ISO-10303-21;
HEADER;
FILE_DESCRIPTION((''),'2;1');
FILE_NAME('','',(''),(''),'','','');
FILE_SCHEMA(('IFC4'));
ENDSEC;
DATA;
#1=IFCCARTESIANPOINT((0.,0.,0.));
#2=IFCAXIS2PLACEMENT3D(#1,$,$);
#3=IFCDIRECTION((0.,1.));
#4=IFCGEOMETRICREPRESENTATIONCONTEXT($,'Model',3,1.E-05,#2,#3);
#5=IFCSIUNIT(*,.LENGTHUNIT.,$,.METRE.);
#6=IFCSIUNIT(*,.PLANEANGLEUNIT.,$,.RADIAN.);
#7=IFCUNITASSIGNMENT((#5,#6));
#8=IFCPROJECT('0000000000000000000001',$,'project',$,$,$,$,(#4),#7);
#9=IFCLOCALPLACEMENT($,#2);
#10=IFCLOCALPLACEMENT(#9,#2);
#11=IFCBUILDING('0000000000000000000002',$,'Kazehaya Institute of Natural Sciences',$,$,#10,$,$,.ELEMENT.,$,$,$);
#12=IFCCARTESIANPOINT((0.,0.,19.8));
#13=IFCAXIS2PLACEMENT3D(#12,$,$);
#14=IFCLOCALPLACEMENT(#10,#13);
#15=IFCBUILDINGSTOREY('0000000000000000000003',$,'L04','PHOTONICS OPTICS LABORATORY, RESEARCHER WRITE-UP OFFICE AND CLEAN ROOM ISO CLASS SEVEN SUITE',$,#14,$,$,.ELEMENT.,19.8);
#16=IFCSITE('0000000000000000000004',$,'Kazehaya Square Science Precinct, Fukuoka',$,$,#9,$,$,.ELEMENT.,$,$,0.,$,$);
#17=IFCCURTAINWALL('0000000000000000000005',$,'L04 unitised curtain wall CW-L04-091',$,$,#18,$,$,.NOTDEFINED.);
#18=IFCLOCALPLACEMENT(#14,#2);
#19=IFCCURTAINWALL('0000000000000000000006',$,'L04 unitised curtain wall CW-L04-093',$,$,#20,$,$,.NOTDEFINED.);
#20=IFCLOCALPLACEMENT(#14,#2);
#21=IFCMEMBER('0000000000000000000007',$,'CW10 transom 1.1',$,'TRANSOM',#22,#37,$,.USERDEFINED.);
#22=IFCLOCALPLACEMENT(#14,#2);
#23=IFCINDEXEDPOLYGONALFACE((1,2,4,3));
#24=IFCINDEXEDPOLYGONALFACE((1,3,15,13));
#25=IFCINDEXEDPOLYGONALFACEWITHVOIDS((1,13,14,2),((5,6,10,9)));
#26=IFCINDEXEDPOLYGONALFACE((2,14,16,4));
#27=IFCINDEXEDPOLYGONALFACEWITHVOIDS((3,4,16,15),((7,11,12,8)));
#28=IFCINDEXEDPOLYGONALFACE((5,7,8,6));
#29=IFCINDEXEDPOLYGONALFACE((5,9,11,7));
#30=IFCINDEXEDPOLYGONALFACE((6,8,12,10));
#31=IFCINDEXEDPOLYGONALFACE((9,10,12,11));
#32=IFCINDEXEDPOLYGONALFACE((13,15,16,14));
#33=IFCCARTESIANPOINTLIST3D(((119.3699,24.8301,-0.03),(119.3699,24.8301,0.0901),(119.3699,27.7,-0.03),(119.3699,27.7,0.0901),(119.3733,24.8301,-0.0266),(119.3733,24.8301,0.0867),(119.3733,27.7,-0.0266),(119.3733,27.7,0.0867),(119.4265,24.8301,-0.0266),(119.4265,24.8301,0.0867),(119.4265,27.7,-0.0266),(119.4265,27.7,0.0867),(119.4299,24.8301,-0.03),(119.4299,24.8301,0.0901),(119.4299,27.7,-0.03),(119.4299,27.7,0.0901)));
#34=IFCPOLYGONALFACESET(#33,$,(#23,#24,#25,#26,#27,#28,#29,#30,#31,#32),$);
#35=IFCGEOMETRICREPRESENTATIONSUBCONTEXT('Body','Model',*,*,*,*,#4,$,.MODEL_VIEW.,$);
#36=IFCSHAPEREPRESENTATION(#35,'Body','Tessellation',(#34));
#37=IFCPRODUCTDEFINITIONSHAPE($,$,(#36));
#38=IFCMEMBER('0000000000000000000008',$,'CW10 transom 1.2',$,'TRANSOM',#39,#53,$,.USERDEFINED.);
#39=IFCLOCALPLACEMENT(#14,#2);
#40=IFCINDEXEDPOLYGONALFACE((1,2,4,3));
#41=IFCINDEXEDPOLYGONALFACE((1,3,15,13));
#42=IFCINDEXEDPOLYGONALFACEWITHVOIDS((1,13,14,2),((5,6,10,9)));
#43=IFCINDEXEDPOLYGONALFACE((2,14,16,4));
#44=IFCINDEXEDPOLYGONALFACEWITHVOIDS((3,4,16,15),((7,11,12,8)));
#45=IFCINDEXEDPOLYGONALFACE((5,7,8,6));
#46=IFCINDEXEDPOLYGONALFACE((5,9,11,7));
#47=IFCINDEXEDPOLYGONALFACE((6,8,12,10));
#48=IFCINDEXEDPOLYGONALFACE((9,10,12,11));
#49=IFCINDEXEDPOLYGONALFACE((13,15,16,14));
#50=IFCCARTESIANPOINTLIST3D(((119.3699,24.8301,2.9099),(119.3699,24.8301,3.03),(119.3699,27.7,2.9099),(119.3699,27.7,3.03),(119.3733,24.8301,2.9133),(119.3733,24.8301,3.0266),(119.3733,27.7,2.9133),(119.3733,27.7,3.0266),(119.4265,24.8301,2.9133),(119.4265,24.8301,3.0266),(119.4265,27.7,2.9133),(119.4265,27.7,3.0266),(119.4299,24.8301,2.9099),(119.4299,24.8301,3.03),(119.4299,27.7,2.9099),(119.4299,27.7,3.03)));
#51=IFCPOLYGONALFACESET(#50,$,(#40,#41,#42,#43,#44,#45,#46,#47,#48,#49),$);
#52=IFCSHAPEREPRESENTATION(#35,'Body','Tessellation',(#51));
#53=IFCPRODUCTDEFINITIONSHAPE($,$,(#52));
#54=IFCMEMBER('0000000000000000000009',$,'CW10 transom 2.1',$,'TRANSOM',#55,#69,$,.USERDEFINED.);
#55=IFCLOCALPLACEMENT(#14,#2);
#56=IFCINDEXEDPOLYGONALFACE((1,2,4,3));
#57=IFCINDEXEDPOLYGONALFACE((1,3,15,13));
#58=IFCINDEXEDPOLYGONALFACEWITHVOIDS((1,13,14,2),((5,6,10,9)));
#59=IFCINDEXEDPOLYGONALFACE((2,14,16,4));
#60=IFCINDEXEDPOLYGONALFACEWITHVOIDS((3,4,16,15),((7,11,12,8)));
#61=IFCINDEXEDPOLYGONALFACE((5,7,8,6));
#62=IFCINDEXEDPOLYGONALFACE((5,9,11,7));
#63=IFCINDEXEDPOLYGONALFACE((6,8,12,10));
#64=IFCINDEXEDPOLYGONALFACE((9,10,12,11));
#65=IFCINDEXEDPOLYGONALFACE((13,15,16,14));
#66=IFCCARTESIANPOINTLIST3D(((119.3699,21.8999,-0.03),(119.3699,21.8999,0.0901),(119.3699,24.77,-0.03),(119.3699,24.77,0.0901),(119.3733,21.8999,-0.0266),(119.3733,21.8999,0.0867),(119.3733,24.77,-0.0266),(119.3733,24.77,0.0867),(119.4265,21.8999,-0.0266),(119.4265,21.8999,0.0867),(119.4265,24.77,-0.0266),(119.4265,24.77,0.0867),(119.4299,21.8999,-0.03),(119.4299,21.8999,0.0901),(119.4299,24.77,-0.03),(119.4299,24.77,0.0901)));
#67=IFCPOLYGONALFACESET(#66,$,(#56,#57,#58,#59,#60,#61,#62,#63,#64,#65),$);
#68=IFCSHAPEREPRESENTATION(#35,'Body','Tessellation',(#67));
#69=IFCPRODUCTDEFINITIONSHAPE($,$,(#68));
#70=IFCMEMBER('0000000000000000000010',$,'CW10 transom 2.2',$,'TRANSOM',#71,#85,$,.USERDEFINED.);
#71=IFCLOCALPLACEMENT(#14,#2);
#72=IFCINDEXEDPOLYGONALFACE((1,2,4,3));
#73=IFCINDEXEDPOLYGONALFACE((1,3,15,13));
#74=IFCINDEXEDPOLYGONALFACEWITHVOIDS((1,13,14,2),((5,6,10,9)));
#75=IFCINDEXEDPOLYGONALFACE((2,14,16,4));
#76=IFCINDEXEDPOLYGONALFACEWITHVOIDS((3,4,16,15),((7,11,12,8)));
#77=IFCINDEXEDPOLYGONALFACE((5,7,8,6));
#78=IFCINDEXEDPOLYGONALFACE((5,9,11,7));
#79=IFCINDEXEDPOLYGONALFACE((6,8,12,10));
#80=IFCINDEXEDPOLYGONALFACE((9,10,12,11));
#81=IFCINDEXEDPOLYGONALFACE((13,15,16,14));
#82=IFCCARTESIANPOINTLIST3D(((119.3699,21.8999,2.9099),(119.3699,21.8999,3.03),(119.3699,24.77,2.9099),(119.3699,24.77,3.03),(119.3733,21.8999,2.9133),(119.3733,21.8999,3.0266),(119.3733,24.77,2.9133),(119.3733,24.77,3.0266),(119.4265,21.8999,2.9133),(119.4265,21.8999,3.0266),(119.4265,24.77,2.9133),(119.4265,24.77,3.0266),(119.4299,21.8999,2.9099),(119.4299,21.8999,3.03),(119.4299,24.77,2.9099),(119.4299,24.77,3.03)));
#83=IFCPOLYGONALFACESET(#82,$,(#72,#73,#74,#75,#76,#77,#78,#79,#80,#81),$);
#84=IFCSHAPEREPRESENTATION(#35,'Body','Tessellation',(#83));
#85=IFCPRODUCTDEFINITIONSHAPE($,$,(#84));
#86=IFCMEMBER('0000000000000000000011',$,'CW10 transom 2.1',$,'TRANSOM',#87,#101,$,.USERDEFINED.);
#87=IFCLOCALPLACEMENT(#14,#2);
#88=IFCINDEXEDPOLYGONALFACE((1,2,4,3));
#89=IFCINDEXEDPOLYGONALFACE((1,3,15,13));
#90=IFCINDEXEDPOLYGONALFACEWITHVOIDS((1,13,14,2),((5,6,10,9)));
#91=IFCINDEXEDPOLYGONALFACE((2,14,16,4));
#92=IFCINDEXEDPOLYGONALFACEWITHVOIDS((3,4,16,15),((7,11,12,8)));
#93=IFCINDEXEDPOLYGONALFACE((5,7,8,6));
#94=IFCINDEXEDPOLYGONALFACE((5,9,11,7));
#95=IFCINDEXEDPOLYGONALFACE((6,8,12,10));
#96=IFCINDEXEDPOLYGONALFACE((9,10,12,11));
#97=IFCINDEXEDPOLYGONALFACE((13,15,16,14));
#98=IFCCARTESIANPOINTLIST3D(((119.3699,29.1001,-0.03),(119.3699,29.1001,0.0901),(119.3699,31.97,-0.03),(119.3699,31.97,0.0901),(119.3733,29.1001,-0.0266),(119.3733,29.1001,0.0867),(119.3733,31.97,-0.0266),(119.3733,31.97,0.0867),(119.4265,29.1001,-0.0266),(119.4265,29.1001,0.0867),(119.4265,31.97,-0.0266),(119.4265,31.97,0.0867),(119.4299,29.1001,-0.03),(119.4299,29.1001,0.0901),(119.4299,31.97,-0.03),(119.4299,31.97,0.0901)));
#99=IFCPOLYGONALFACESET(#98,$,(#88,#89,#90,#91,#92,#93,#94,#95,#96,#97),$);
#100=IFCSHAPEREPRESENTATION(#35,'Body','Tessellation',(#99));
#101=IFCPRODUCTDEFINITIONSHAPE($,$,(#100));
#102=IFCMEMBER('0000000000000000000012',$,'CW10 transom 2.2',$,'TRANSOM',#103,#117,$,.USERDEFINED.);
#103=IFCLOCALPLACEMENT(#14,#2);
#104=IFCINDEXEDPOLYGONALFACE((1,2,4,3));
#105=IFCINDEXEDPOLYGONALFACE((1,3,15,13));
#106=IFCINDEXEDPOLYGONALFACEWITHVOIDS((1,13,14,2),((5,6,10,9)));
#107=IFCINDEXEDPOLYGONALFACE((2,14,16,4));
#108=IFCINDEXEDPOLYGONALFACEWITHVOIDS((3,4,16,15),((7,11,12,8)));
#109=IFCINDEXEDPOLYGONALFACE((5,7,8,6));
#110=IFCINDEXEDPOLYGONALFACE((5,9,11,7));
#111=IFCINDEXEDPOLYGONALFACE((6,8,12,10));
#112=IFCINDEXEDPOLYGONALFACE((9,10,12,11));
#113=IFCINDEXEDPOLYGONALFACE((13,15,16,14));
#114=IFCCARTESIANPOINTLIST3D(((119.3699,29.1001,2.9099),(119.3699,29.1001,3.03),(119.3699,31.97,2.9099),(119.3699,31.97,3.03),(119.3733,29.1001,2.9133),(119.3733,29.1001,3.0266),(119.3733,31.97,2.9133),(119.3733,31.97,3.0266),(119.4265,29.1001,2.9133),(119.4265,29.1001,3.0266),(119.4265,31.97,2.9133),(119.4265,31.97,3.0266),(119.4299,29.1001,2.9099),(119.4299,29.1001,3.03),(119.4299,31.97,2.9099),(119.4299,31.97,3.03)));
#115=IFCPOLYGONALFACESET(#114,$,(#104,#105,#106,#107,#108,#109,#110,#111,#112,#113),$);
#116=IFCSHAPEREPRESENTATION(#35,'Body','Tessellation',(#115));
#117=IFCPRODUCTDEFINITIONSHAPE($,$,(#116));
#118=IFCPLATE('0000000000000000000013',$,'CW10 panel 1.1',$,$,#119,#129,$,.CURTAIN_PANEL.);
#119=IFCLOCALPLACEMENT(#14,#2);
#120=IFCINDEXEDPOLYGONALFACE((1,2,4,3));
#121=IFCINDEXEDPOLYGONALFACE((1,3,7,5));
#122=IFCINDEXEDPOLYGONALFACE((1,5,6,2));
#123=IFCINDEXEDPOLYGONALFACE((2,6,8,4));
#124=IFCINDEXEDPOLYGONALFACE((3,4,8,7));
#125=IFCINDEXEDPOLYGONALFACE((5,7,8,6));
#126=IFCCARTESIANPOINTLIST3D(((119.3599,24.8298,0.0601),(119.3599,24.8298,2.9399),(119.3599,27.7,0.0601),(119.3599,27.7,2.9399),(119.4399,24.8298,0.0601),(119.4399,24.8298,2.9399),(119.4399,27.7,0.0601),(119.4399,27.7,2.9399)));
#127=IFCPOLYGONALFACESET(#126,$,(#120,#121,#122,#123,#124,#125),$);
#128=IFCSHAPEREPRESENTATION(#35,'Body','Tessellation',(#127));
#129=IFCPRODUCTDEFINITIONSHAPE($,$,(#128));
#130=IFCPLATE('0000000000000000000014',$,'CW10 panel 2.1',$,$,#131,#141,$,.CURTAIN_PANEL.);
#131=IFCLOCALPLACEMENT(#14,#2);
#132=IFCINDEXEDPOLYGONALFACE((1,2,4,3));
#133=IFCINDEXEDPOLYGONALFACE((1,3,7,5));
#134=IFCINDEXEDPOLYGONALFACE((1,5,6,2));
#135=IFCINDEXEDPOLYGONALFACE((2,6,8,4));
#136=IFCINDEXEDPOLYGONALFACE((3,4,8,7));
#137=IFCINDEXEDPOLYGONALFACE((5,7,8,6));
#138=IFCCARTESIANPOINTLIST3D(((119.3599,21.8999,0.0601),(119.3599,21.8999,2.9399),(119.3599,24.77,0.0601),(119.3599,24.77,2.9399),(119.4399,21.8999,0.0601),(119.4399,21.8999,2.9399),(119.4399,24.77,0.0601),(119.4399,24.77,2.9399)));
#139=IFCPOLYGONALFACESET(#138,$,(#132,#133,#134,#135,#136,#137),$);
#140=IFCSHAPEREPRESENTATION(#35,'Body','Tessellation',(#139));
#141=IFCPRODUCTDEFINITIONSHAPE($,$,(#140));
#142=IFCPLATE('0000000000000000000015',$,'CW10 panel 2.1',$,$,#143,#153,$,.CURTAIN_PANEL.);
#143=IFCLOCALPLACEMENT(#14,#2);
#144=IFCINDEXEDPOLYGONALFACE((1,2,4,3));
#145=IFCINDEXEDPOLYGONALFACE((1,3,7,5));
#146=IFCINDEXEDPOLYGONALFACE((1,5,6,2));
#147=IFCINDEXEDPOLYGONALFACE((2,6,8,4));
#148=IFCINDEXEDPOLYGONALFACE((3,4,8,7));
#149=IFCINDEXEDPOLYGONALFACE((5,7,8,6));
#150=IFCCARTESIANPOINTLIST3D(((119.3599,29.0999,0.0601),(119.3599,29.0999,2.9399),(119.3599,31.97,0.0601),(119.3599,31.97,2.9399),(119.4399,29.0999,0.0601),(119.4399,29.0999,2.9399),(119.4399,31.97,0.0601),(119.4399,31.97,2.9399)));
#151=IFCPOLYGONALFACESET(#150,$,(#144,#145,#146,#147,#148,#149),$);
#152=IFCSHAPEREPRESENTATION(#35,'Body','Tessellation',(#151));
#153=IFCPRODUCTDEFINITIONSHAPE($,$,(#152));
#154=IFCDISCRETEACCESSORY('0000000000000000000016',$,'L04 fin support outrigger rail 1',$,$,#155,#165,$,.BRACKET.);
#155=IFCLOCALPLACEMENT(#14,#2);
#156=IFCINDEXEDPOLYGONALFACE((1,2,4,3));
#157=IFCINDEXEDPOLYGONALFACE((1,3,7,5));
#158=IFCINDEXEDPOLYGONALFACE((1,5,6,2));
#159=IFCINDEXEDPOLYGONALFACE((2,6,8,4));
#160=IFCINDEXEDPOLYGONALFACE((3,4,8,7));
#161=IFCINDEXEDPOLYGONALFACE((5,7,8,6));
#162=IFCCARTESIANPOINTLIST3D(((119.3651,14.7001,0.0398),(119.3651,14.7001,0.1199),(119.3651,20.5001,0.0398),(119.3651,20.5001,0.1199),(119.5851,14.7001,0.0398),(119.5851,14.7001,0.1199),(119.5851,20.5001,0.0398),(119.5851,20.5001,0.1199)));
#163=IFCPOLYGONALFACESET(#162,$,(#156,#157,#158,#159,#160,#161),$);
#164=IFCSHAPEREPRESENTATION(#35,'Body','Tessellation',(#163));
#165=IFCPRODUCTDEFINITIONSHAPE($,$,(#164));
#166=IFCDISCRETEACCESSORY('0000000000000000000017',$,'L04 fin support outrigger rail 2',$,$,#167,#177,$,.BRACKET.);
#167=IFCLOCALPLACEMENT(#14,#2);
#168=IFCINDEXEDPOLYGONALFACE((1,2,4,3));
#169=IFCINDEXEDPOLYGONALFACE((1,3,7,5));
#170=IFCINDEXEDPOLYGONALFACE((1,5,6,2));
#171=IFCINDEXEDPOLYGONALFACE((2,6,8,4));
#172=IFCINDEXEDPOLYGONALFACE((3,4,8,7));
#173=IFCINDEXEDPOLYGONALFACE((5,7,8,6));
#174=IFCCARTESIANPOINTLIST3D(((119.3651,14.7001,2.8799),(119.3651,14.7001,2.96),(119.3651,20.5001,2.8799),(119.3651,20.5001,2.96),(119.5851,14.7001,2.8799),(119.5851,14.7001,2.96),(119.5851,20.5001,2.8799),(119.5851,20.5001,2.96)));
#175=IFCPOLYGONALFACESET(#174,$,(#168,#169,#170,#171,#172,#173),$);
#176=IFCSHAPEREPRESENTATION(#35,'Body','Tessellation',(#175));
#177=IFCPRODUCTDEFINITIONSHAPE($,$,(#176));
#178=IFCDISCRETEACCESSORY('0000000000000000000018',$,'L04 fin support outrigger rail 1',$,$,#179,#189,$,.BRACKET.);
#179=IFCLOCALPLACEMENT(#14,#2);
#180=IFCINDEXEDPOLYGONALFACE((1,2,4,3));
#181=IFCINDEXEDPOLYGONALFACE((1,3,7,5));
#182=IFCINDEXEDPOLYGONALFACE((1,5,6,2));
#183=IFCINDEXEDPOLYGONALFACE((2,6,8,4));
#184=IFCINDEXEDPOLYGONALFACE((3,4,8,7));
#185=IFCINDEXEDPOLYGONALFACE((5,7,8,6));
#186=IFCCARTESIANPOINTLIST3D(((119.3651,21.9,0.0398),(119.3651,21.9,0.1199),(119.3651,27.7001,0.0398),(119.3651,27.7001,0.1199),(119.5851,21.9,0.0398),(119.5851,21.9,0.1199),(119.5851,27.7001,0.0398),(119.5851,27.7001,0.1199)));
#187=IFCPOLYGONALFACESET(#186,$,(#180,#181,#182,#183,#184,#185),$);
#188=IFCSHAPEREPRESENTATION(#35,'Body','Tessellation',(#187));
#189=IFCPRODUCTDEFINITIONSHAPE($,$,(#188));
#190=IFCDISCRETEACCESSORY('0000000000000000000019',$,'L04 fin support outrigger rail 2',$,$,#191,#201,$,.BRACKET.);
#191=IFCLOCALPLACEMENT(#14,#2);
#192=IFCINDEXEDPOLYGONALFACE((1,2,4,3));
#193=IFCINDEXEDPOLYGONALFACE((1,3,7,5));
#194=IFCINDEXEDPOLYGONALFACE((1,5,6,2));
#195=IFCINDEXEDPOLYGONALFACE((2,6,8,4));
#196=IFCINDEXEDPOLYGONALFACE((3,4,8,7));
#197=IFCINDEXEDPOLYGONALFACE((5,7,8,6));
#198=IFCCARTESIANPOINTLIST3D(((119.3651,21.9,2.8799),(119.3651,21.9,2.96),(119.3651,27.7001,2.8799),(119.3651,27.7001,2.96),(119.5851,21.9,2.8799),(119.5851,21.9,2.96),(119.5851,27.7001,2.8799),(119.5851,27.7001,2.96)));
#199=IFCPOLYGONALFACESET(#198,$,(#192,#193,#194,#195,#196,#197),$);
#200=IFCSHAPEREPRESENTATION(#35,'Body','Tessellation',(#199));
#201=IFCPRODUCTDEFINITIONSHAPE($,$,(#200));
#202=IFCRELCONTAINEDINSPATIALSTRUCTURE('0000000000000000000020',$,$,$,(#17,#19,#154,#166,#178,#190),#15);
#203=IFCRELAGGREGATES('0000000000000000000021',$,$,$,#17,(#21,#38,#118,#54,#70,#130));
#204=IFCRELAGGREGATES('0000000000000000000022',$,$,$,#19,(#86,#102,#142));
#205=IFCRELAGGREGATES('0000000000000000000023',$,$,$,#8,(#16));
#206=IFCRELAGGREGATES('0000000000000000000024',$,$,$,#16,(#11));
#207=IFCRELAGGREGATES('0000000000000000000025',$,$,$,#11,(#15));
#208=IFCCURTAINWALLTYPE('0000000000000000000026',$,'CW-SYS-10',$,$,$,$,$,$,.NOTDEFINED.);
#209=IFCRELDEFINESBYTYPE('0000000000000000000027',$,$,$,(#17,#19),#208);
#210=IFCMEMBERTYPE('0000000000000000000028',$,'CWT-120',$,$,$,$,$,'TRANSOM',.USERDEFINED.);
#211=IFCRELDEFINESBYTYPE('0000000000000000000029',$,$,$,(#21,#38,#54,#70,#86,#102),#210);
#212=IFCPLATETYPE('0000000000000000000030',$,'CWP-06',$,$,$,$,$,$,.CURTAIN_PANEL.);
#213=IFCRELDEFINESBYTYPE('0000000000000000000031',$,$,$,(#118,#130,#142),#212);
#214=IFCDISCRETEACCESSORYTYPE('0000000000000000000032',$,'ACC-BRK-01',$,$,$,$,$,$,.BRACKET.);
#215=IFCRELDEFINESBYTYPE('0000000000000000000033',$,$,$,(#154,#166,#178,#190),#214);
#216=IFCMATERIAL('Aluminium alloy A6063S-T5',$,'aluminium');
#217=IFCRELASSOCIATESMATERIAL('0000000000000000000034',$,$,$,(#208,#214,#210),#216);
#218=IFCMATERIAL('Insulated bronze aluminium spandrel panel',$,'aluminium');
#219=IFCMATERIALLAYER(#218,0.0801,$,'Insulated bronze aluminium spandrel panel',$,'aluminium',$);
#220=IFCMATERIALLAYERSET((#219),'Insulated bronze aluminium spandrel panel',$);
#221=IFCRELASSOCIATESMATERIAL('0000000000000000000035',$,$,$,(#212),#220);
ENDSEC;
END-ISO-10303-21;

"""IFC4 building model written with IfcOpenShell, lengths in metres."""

from ifc_helpers import new_model, si_unit, direction, frame, origin, origin_2d, place, context, subcontext, project, spatial, rectangle, hollow_rectangle, extrude, material, layer, layer_set, material_profile, profile_set, type_object, element, aggregate, save


model = new_model("IFC4")

# Units and contexts
model_context = context("Model", 3, precision=1e-05, world=origin(), true_north=direction((0.0, 1.0)))
body_context = subcontext(model_context, "Body", "Model", "MODEL_VIEW")
ifc_project = project(units=[si_unit("LENGTHUNIT", "METRE"), si_unit("PLANEANGLEUNIT", "RADIAN")], contexts=[model_context])

# Site, building, storey
site_placement = place(None, origin())
site = spatial("IfcSite", under=ifc_project, at=site_placement, Name="Kazehaya Square Science Precinct, Fukuoka", CompositionType="ELEMENT", RefElevation=0.0)
building_placement = place(site_placement, origin())
building = spatial("IfcBuilding", under=site, at=building_placement, Name="Kazehaya Institute of Natural Sciences", CompositionType="ELEMENT")
storey_placement = place(building_placement, frame((0.0, 0.0, 19.8)))
storey = spatial("IfcBuildingStorey", under=building, at=storey_placement, Name="L04", Description="PHOTONICS OPTICS LABORATORY, RESEARCHER WRITE-UP OFFICE AND CLEAN ROOM ISO CLASS SEVEN SUITE", CompositionType="ELEMENT", Elevation=19.8)

# Shared definitions
ifc_material_1 = material(Name="Aluminium alloy A6063S-T5", Category="aluminium")
curtain_wall_type = type_object("IfcCurtainWallType", Name="CW-SYS-10", PredefinedType="NOTDEFINED", material=ifc_material_1)

# Curtain walls
curtain_wall_1_placement = place(storey_placement, origin())
curtain_wall_1 = element("IfcCurtainWall", 1, at=curtain_wall_1_placement, inside=storey, type_object=curtain_wall_type, Name="L04 unitised curtain wall CW-L04-091", PredefinedType="NOTDEFINED")
curtain_wall_2_placement = place(storey_placement, origin())
curtain_wall_2 = element("IfcCurtainWall", 2, at=curtain_wall_2_placement, inside=storey, type_object=curtain_wall_type, Name="L04 unitised curtain wall CW-L04-093", PredefinedType="NOTDEFINED")

# Members
ifc_material_profile_1 = material_profile(ifc_material_1, hollow_rectangle(XDim=0.0601, YDim=0.1201, WallThickness=0.0034, at=origin_2d()), Name="ALU-60x120x3.5")
ifc_profile_set_1 = profile_set([ifc_material_profile_1], Name="Aluminium alloy A6063S-T5")
member_type_1 = type_object("IfcMemberType", Name="CWT-120", ElementType="TRANSOM", PredefinedType="USERDEFINED", material=ifc_profile_set_1)
member_1_placement = place(storey_placement, frame((119.3999, 27.7, 0.03), z_axis=(0.0, -1.0, 0.0), x_axis=(1.0, 0.0, 0.0)))
member_1 = element("IfcMember", 3, at=member_1_placement, type_object=member_type_1, Name="CW10 transom 1.1", ObjectType="TRANSOM", PredefinedType="USERDEFINED", context=body_context, shape_type="SweptSolid", body=[
    extrude(hollow_rectangle(XDim=0.0601, YDim=0.1201, WallThickness=0.0034, at=origin_2d()), origin(), (0.0, 0.0, 1.0), 2.8699),
])
member_2_placement = place(storey_placement, frame((119.3999, 27.7, 2.97), z_axis=(0.0, -1.0, 0.0), x_axis=(1.0, 0.0, 0.0)))
member_2 = element("IfcMember", 4, at=member_2_placement, type_object=member_type_1, Name="CW10 transom 1.2", ObjectType="TRANSOM", PredefinedType="USERDEFINED", context=body_context, shape_type="SweptSolid", body=[
    extrude(hollow_rectangle(XDim=0.0601, YDim=0.1201, WallThickness=0.0034, at=origin_2d()), origin(), (0.0, 0.0, 1.0), 2.8699),
])
member_3_placement = place(storey_placement, frame((119.3999, 24.77, 0.03), z_axis=(0.0, -1.0, 0.0), x_axis=(1.0, 0.0, 0.0)))
member_3 = element("IfcMember", 5, at=member_3_placement, type_object=member_type_1, Name="CW10 transom 2.1", ObjectType="TRANSOM", PredefinedType="USERDEFINED", context=body_context, shape_type="SweptSolid", body=[
    extrude(hollow_rectangle(XDim=0.0601, YDim=0.1201, WallThickness=0.0034, at=origin_2d()), origin(), (0.0, 0.0, 1.0), 2.8701),
])
member_4_placement = place(storey_placement, frame((119.3999, 24.77, 2.97), z_axis=(0.0, -1.0, 0.0), x_axis=(1.0, 0.0, 0.0)))
member_4 = element("IfcMember", 6, at=member_4_placement, type_object=member_type_1, Name="CW10 transom 2.2", ObjectType="TRANSOM", PredefinedType="USERDEFINED", context=body_context, shape_type="SweptSolid", body=[
    extrude(hollow_rectangle(XDim=0.0601, YDim=0.1201, WallThickness=0.0034, at=origin_2d()), origin(), (0.0, 0.0, 1.0), 2.8701),
])
member_5_placement = place(storey_placement, frame((119.3999, 31.97, 0.03), z_axis=(0.0, -1.0, 0.0), x_axis=(1.0, 0.0, 0.0)))
member_5 = element("IfcMember", 7, at=member_5_placement, type_object=member_type_1, Name="CW10 transom 2.1", ObjectType="TRANSOM", PredefinedType="USERDEFINED", context=body_context, shape_type="SweptSolid", body=[
    extrude(hollow_rectangle(XDim=0.0601, YDim=0.1201, WallThickness=0.0034, at=origin_2d()), origin(), (0.0, 0.0, 1.0), 2.8699),
])
member_6_placement = place(storey_placement, frame((119.3999, 31.97, 2.97), z_axis=(0.0, -1.0, 0.0), x_axis=(1.0, 0.0, 0.0)))
member_6 = element("IfcMember", 8, at=member_6_placement, type_object=member_type_1, Name="CW10 transom 2.2", ObjectType="TRANSOM", PredefinedType="USERDEFINED", context=body_context, shape_type="SweptSolid", body=[
    extrude(hollow_rectangle(XDim=0.0601, YDim=0.1201, WallThickness=0.0034, at=origin_2d()), origin(), (0.0, 0.0, 1.0), 2.8699),
])

# Plates
ifc_material_2 = material(Name="Insulated bronze aluminium spandrel panel", Category="aluminium")
ifc_layer = layer(ifc_material_2, 0.0801, Name="Insulated bronze aluminium spandrel panel", Category="aluminium")
ifc_layer_set = layer_set([ifc_layer], Name="Insulated bronze aluminium spandrel panel")
plate_type = type_object("IfcPlateType", Name="CWP-06", PredefinedType="CURTAIN_PANEL", material=ifc_layer_set)
plate_1_placement = place(storey_placement, frame((119.3999, 26.2649, 0.0601), z_axis=(0.0, 0.0, 1.0), x_axis=(0.0, -1.0, 0.0)))
plate_1 = element("IfcPlate", 9, at=plate_1_placement, type_object=plate_type, Name="CW10 panel 1.1", PredefinedType="CURTAIN_PANEL", context=body_context, shape_type="SweptSolid", body=[
    extrude(rectangle(XDim=2.8701, YDim=0.0801, at=origin_2d()), origin(), (0.0, 0.0, 1.0), 2.8799),
])
plate_2_placement = place(storey_placement, frame((119.3999, 23.335, 0.0601), z_axis=(0.0, 0.0, 1.0), x_axis=(0.0, -1.0, 0.0)))
plate_2 = element("IfcPlate", 10, at=plate_2_placement, type_object=plate_type, Name="CW10 panel 2.1", PredefinedType="CURTAIN_PANEL", context=body_context, shape_type="SweptSolid", body=[
    extrude(rectangle(XDim=2.8701, YDim=0.0801, at=origin_2d()), origin(), (0.0, 0.0, 1.0), 2.8799),
])
aggregate(curtain_wall_1, [member_1, member_2, plate_1, member_3, member_4, plate_2])
plate_3_placement = place(storey_placement, frame((119.3999, 30.5349, 0.0601), z_axis=(0.0, 0.0, 1.0), x_axis=(0.0, -1.0, 0.0)))
plate_3 = element("IfcPlate", 11, at=plate_3_placement, type_object=plate_type, Name="CW10 panel 2.1", PredefinedType="CURTAIN_PANEL", context=body_context, shape_type="SweptSolid", body=[
    extrude(rectangle(XDim=2.8701, YDim=0.0801, at=origin_2d()), origin(), (0.0, 0.0, 1.0), 2.8799),
])
aggregate(curtain_wall_2, [member_5, member_6, plate_3])

# Discrete accessories
discrete_accessory_type = type_object("IfcDiscreteAccessoryType", Name="ACC-BRK-01", PredefinedType="BRACKET", material=ifc_material_1)
for number, where, z_axis, x_axis, name in (
    (12, (119.4751, 17.6001, 0.0398), (0.0, 0.0, 1.0), (0.0, -1.0, 0.0), "L04 fin support outrigger rail 1"),
    (13, (119.4751, 17.6001, 2.8799), (0.0, 0.0, 1.0), (0.0, -1.0, 0.0), "L04 fin support outrigger rail 2"),
    (14, (119.4751, 24.8, 0.0398), (0.0, 0.0, 1.0), (0.0, -1.0, 0.0), "L04 fin support outrigger rail 1"),
    (15, (119.4751, 24.8, 2.8799), (0.0, 0.0, 1.0), (0.0, -1.0, 0.0), "L04 fin support outrigger rail 2"),
):
    element("IfcDiscreteAccessory", number, at=place(storey_placement, frame(where, z_axis=z_axis, x_axis=x_axis)), inside=storey, type_object=discrete_accessory_type, Name=name, PredefinedType="BRACKET", context=body_context, shape_type="SweptSolid", body=[
        extrude(rectangle(XDim=5.8, YDim=0.22, at=origin_2d()), origin(), (0.0, 0.0, 1.0), 0.0801),
    ])

save(model, "model.ifc")
